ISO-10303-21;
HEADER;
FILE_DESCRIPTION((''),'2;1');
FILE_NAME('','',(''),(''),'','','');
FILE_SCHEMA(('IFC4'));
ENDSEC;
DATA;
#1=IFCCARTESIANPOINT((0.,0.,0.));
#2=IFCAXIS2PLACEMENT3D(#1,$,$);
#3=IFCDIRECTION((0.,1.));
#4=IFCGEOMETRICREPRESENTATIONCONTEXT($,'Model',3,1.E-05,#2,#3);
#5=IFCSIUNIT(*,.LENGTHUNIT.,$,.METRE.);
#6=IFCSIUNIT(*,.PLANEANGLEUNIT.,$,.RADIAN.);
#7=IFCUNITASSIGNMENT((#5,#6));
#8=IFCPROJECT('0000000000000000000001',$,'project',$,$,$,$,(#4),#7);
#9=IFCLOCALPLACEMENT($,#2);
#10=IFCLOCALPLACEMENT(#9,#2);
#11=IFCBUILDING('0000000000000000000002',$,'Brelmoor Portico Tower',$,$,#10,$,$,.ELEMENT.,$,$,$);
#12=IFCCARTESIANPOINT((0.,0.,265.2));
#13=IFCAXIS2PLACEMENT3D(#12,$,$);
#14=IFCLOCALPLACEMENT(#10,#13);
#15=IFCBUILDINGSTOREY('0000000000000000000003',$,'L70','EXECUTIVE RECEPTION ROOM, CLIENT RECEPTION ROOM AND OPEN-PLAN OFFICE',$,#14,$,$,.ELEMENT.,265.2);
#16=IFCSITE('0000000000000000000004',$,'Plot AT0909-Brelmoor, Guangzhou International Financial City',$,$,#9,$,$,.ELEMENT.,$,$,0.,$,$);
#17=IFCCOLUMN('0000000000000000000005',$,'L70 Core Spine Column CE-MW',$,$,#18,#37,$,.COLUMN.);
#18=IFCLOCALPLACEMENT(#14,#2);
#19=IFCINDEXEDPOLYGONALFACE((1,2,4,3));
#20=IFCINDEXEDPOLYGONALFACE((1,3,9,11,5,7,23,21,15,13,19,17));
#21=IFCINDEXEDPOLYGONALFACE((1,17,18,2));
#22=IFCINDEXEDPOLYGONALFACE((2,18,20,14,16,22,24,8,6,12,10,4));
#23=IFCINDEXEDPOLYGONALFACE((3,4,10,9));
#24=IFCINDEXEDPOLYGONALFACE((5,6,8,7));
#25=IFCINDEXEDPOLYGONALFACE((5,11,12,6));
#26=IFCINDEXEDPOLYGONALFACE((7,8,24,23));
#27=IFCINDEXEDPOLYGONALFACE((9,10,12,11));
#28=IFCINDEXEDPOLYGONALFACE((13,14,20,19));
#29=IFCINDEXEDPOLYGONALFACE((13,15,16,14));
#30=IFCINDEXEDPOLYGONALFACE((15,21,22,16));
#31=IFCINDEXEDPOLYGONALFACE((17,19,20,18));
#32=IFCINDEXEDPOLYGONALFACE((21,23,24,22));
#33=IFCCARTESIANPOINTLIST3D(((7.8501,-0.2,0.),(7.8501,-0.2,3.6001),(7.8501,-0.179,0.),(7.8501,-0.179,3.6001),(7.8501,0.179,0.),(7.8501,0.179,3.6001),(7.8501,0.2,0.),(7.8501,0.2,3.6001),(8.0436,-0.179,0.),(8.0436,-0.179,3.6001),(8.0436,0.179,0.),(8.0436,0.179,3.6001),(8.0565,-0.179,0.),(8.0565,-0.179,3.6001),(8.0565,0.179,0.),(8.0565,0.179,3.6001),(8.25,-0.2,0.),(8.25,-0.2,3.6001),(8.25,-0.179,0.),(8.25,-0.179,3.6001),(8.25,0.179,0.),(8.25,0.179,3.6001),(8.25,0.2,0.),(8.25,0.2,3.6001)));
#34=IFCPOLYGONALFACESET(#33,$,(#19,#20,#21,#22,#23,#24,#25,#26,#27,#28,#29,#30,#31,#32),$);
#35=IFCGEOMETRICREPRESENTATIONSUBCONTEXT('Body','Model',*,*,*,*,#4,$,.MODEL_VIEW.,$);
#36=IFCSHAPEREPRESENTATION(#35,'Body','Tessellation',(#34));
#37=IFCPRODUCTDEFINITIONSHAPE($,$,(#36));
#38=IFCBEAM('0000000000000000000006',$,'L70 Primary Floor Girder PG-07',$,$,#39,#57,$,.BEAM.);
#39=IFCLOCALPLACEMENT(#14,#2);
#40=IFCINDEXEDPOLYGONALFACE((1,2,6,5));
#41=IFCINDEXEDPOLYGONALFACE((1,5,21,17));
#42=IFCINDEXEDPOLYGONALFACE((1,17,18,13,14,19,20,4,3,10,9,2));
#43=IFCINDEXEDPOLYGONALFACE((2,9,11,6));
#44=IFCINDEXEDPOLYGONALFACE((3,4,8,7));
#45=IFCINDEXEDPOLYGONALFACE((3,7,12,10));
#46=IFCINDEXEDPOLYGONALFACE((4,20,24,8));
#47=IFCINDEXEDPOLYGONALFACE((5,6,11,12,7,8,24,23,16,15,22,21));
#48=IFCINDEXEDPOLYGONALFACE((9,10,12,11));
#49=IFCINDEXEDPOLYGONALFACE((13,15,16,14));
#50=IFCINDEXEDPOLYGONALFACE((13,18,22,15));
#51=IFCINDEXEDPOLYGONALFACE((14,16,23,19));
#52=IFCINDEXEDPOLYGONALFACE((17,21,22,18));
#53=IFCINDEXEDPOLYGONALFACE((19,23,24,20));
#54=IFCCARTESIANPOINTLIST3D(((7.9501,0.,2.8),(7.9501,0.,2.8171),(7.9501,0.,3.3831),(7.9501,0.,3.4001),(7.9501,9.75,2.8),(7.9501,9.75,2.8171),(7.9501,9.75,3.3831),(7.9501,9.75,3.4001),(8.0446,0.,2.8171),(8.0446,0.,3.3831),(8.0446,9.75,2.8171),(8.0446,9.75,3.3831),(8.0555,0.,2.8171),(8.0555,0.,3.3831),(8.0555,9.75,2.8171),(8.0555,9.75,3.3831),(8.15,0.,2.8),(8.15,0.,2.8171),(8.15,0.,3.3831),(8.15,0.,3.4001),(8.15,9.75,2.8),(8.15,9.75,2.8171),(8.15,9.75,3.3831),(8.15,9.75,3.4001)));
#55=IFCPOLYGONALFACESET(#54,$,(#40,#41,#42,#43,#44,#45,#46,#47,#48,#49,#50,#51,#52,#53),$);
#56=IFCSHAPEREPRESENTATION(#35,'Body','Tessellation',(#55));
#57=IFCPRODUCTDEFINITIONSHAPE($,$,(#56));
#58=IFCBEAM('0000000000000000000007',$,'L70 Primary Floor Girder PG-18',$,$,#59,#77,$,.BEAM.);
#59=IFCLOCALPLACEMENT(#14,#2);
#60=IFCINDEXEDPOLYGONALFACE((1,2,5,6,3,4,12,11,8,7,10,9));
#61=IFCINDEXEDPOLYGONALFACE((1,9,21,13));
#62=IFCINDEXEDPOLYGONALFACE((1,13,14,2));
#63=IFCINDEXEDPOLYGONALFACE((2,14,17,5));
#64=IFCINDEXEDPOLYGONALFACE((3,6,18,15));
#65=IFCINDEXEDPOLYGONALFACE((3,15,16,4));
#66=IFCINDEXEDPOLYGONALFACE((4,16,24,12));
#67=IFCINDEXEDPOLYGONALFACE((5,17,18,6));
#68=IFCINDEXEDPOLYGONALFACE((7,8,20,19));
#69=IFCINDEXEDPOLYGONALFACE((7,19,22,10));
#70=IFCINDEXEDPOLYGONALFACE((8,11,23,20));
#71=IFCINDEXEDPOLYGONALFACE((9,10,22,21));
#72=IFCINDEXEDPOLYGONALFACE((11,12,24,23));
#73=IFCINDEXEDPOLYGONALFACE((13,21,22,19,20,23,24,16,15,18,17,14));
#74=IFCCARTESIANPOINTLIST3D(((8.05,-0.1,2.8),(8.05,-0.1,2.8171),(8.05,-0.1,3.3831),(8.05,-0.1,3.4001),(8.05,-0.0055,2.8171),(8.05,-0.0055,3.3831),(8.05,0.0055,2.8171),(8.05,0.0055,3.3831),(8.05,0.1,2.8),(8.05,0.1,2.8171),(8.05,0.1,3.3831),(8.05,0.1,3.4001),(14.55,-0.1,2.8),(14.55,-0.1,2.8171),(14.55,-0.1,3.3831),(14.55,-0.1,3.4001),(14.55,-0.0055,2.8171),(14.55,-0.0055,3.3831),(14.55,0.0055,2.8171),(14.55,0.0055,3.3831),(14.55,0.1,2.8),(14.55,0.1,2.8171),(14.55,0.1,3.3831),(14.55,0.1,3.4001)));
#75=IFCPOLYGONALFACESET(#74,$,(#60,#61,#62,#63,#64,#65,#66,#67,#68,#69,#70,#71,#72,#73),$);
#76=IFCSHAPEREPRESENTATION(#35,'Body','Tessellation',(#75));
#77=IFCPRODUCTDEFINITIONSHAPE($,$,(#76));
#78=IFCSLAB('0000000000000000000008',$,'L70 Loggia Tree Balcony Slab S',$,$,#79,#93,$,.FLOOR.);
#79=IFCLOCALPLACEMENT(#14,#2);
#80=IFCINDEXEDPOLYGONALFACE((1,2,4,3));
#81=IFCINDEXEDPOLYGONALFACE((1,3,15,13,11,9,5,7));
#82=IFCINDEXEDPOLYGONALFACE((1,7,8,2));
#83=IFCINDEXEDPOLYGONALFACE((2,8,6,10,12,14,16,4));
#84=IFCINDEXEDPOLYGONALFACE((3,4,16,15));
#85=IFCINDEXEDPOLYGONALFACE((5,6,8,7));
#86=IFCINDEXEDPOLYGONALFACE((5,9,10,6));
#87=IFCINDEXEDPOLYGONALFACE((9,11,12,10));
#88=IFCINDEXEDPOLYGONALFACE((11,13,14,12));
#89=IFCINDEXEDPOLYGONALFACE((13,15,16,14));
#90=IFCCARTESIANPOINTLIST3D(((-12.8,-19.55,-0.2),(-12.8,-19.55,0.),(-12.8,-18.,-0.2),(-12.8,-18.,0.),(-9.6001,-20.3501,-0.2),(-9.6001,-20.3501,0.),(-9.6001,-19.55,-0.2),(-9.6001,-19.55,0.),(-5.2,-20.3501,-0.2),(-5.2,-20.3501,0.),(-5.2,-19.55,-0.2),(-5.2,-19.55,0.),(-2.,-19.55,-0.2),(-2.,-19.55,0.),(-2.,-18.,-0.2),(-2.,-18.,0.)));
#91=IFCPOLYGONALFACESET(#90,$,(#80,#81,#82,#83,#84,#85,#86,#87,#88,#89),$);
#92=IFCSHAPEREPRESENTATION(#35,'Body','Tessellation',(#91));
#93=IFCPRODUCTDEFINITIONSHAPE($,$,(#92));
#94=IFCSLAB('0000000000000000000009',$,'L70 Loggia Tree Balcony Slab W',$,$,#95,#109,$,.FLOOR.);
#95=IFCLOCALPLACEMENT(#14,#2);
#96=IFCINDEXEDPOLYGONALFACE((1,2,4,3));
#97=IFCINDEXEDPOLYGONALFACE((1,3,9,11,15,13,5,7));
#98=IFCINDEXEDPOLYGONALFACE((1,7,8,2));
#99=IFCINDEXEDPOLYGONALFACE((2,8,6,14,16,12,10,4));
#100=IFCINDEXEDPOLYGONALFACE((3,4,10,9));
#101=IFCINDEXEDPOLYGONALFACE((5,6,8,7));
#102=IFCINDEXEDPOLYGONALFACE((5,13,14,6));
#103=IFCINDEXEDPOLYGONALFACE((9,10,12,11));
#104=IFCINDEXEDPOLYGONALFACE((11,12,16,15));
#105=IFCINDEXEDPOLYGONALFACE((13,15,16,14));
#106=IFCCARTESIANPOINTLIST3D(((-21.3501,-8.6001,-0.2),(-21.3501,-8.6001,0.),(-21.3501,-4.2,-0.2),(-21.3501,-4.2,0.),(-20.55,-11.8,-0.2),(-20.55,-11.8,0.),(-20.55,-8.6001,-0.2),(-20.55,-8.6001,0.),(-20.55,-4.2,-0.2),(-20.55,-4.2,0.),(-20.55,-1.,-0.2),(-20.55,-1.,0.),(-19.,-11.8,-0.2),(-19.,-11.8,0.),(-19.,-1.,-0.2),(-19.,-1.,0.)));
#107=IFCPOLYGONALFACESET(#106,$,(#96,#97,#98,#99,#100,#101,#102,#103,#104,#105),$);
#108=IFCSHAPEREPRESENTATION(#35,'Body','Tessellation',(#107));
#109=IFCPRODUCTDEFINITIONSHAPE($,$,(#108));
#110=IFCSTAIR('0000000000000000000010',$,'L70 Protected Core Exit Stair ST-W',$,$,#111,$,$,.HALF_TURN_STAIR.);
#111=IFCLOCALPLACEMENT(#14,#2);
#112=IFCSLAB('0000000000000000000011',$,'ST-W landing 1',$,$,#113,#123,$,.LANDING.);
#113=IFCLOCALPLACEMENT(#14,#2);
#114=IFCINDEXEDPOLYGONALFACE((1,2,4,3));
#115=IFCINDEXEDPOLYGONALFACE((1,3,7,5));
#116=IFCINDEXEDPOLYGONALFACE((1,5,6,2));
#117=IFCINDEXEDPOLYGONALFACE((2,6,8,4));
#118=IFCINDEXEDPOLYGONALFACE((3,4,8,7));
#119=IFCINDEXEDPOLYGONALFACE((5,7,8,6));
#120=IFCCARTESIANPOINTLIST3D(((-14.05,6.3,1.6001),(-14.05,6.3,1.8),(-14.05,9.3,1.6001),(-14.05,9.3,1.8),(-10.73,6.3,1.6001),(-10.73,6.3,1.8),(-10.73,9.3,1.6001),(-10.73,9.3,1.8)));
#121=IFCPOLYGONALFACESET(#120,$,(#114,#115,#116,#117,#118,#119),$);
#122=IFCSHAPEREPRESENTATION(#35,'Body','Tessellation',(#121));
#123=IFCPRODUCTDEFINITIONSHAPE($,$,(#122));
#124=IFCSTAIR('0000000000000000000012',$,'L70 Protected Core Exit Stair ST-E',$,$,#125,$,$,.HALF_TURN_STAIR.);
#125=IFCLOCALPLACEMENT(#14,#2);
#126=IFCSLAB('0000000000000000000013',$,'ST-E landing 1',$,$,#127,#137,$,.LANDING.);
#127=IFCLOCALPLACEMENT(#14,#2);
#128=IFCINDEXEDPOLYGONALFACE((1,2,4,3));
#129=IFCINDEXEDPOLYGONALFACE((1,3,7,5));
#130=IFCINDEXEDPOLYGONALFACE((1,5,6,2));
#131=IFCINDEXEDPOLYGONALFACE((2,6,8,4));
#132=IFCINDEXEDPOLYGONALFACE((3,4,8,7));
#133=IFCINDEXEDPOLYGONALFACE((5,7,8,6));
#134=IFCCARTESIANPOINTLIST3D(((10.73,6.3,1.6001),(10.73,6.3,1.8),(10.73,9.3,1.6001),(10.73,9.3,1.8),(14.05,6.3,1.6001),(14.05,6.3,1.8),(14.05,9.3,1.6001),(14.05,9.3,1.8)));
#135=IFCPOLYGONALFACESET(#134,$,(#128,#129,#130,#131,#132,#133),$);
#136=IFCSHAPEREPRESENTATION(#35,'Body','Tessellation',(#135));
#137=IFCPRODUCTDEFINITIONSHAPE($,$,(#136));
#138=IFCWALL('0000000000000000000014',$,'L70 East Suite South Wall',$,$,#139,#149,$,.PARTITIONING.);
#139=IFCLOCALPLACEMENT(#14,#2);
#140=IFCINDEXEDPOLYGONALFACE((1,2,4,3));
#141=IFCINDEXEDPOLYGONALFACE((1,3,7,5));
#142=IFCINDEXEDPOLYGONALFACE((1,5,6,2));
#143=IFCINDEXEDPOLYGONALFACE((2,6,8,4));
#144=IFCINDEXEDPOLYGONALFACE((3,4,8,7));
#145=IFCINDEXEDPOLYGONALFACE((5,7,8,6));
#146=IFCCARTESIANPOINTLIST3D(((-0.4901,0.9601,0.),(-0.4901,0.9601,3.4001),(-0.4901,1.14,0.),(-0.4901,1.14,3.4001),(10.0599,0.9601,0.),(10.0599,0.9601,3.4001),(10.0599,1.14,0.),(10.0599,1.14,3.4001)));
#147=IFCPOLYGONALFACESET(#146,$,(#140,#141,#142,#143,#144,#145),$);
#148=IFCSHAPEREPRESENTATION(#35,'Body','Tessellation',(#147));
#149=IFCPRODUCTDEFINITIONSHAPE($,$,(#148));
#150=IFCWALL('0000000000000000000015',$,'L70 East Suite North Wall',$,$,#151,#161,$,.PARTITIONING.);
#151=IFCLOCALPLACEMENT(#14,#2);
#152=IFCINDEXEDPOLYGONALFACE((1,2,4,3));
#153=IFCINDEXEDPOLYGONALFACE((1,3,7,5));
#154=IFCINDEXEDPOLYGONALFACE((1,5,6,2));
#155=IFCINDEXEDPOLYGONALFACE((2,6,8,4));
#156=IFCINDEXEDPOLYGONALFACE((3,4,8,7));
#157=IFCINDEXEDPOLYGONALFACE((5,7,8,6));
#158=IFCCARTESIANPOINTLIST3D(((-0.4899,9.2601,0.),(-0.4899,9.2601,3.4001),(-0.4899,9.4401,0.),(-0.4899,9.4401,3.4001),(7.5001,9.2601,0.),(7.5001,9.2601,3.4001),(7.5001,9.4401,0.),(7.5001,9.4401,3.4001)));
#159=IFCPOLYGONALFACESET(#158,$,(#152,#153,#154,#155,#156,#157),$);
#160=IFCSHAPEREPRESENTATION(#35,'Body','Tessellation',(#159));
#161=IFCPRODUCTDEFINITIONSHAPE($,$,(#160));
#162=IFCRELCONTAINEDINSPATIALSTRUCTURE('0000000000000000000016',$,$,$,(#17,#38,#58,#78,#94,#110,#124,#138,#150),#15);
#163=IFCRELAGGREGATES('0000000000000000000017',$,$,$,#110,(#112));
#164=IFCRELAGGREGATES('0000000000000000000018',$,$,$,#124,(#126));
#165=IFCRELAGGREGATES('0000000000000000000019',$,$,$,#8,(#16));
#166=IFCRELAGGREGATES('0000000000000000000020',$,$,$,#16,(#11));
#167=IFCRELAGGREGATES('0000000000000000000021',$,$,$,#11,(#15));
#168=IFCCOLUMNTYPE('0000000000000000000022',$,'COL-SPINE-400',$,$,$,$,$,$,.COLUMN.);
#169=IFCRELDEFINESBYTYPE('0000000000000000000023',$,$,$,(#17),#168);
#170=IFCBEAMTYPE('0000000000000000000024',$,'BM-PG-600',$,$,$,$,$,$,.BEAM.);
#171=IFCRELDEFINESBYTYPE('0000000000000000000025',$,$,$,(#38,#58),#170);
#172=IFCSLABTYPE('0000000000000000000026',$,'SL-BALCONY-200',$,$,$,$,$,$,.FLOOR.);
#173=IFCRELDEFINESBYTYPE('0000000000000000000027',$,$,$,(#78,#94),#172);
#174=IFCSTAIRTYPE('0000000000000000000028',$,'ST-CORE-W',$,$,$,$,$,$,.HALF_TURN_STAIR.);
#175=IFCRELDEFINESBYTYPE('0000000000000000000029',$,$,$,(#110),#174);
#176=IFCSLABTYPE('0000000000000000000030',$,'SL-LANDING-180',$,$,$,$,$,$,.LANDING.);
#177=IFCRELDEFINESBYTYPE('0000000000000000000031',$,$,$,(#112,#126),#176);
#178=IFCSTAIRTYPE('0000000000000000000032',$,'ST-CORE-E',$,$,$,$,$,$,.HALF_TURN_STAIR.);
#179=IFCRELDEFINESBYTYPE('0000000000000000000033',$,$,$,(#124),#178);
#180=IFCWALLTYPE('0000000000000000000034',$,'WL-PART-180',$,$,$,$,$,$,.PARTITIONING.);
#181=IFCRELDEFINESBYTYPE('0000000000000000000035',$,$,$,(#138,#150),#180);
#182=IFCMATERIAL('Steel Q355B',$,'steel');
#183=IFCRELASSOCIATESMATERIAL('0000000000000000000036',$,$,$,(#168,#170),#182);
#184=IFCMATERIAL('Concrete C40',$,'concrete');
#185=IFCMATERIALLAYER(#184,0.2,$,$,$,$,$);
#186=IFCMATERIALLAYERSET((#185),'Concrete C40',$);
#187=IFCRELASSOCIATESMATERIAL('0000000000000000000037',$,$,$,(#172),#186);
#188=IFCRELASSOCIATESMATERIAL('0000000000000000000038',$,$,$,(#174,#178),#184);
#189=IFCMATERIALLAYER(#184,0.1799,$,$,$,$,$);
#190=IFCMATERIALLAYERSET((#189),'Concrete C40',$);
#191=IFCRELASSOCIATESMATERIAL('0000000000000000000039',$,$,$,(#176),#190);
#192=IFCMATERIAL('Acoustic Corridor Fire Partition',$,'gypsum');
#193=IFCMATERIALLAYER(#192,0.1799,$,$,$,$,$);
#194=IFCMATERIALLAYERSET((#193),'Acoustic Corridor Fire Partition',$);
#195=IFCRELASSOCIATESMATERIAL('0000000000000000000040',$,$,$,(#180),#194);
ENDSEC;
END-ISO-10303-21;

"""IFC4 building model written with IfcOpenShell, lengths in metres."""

from ifc_helpers import new_model, si_unit, direction, frame, frame_2d, origin, origin_2d, place, context, subcontext, project, spatial, polyline, rectangle, i_section, outline, extrude, material, layer, layer_set, material_profile, profile_set, type_object, element, aggregate, save


model = new_model("IFC4")

# Units and contexts
model_context = context("Model", 3, precision=1e-05, world=origin(), true_north=direction((0.0, 1.0)))
body_context = subcontext(model_context, "Body", "Model", "MODEL_VIEW")
ifc_project = project(units=[si_unit("LENGTHUNIT", "METRE"), si_unit("PLANEANGLEUNIT", "RADIAN")], contexts=[model_context])

# Site, building, storey
site_placement = place(None, origin())
site = spatial("IfcSite", under=ifc_project, at=site_placement, Name="Plot AT0909-Brelmoor, Guangzhou International Financial City", CompositionType="ELEMENT", RefElevation=0.0)
building_placement = place(site_placement, origin())
building = spatial("IfcBuilding", under=site, at=building_placement, Name="Brelmoor Portico Tower", CompositionType="ELEMENT")
storey_placement = place(building_placement, frame((0.0, 0.0, 265.2)))
storey = spatial("IfcBuildingStorey", under=building, at=storey_placement, Name="L70", Description="EXECUTIVE RECEPTION ROOM, CLIENT RECEPTION ROOM AND OPEN-PLAN OFFICE", CompositionType="ELEMENT", Elevation=265.2)

# Column
ifc_material_1 = material(Name="Steel Q355B", Category="steel")
ifc_material_profile_1 = material_profile(ifc_material_1, i_section(OverallWidth=0.3999, OverallDepth=0.3999, WebThickness=0.0129, FlangeThickness=0.021, at=origin_2d()), Name="HW 400x400x13x21")
ifc_profile_set_1 = profile_set([ifc_material_profile_1], Name="Steel Q355B")
column_type = type_object("IfcColumnType", Name="COL-SPINE-400", PredefinedType="COLUMN", material=ifc_profile_set_1)
column_placement = place(storey_placement, frame((8.05, 0.0, 0.0), z_axis=(0.0, 0.0, 1.0), x_axis=(1.0, 0.0, 0.0)))
element("IfcColumn", 1, at=column_placement, inside=storey, type_object=column_type, Name="L70 Core Spine Column CE-MW", PredefinedType="COLUMN", context=body_context, shape_type="SweptSolid", body=[
    extrude(i_section(OverallWidth=0.3999, OverallDepth=0.3999, WebThickness=0.0129, FlangeThickness=0.021, at=origin_2d()), origin(), (0.0, 0.0, 1.0), 3.6001),
])

# Beams
ifc_material_profile_2 = material_profile(ifc_material_1, i_section(OverallWidth=0.2, OverallDepth=0.6001, WebThickness=0.011, FlangeThickness=0.0171, at=origin_2d()), Name="HN 600x200x11x17")
ifc_profile_set_2 = profile_set([ifc_material_profile_2], Name="Steel Q355B")
beam_type = type_object("IfcBeamType", Name="BM-PG-600", PredefinedType="BEAM", material=ifc_profile_set_2)
beam_1_placement = place(storey_placement, frame((8.05, 0.0, 3.1001), z_axis=(0.0, 1.0, 0.0), x_axis=(-1.0, 0.0, 0.0)))
element("IfcBeam", 2, at=beam_1_placement, inside=storey, type_object=beam_type, Name="L70 Primary Floor Girder PG-07", PredefinedType="BEAM", context=body_context, shape_type="SweptSolid", body=[
    extrude(i_section(OverallWidth=0.2, OverallDepth=0.6001, WebThickness=0.011, FlangeThickness=0.0171, at=origin_2d()), origin(), (0.0, 0.0, 1.0), 9.75),
])
beam_2_placement = place(storey_placement, frame((8.05, 0.0, 3.1001), z_axis=(1.0, 0.0, 0.0), x_axis=(0.0, 1.0, 0.0)))
element("IfcBeam", 3, at=beam_2_placement, inside=storey, type_object=beam_type, Name="L70 Primary Floor Girder PG-18", PredefinedType="BEAM", context=body_context, shape_type="SweptSolid", body=[
    extrude(i_section(OverallWidth=0.2, OverallDepth=0.6001, WebThickness=0.011, FlangeThickness=0.0171, at=origin_2d()), origin(), (0.0, 0.0, 1.0), 6.5),
])

# Slabs
ifc_material_2 = material(Name="Concrete C40", Category="concrete")
ifc_layer_1 = layer(ifc_material_2, 0.2)
ifc_layer_set_1 = layer_set([ifc_layer_1], Name="Concrete C40")
slab_type_1 = type_object("IfcSlabType", Name="SL-BALCONY-200", PredefinedType="FLOOR", material=ifc_layer_set_1)
slab_1_placement = place(storey_placement, frame((0.0, 0.0, -0.2)))
element("IfcSlab", 4, at=slab_1_placement, inside=storey, type_object=slab_type_1, Name="L70 Loggia Tree Balcony Slab S", PredefinedType="FLOOR", context=body_context, shape_type="SweptSolid", body=[
    extrude(outline(polyline([(-12.8, -19.55), (-9.6001, -19.55), (-9.6001, -20.3501), (-5.2, -20.3501), (-5.2, -19.55), (-2.0, -19.55), (-2.0, -18.0), (-12.8, -18.0), (-12.8, -19.55)])), origin(), (0.0, 0.0, 1.0), 0.2),
])
slab_2_placement = place(storey_placement, frame((0.0, 0.0, -0.2)))
element("IfcSlab", 5, at=slab_2_placement, inside=storey, type_object=slab_type_1, Name="L70 Loggia Tree Balcony Slab W", PredefinedType="FLOOR", context=body_context, shape_type="SweptSolid", body=[
    extrude(outline(polyline([(-20.55, -11.8), (-19.0, -11.8), (-19.0, -1.0), (-20.55, -1.0), (-20.55, -4.2), (-21.3501, -4.2), (-21.3501, -8.6001), (-20.55, -8.6001), (-20.55, -11.8)])), origin(), (0.0, 0.0, 1.0), 0.2),
])

# Stairs, slabs
stair_type_1 = type_object("IfcStairType", Name="ST-CORE-W", PredefinedType="HALF_TURN_STAIR", material=ifc_material_2)
stair_1_placement = place(storey_placement, origin())
stair_1 = element("IfcStair", 6, at=stair_1_placement, inside=storey, type_object=stair_type_1, Name="L70 Protected Core Exit Stair ST-W", PredefinedType="HALF_TURN_STAIR")
ifc_layer_2 = layer(ifc_material_2, 0.1799)
ifc_layer_set_2 = layer_set([ifc_layer_2], Name="Concrete C40")
slab_type_2 = type_object("IfcSlabType", Name="SL-LANDING-180", PredefinedType="LANDING", material=ifc_layer_set_2)
slab_3_placement = place(storey_placement, frame((0.0, 0.0, 1.6001)))
slab_3 = element("IfcSlab", 7, at=slab_3_placement, type_object=slab_type_2, Name="ST-W landing 1", PredefinedType="LANDING", context=body_context, shape_type="SweptSolid", body=[
    extrude(outline(polyline([(-10.73, 6.3), (-10.73, 9.3), (-14.05, 9.3), (-14.05, 6.3), (-10.73, 6.3)])), origin(), (0.0, 0.0, 1.0), 0.2),
])
aggregate(stair_1, [slab_3])
stair_type_2 = type_object("IfcStairType", Name="ST-CORE-E", PredefinedType="HALF_TURN_STAIR", material=ifc_material_2)
stair_2_placement = place(storey_placement, origin())
stair_2 = element("IfcStair", 8, at=stair_2_placement, inside=storey, type_object=stair_type_2, Name="L70 Protected Core Exit Stair ST-E", PredefinedType="HALF_TURN_STAIR")
slab_4_placement = place(storey_placement, frame((0.0, 0.0, 1.6001)))
slab_4 = element("IfcSlab", 9, at=slab_4_placement, type_object=slab_type_2, Name="ST-E landing 1", PredefinedType="LANDING", context=body_context, shape_type="SweptSolid", body=[
    extrude(outline(polyline([(14.05, 6.3), (14.05, 9.3), (10.73, 9.3), (10.73, 6.3), (14.05, 6.3)])), origin(), (0.0, 0.0, 1.0), 0.2),
])

# Walls
ifc_material_3 = material(Name="Acoustic Corridor Fire Partition", Category="gypsum")
ifc_layer_3 = layer(ifc_material_3, 0.1799)
ifc_layer_set_3 = layer_set([ifc_layer_3], Name="Acoustic Corridor Fire Partition")
wall_type_1 = type_object("IfcWallType", Name="WL-PART-180", PredefinedType="PARTITIONING", material=ifc_layer_set_3)
wall_1_placement = place(storey_placement, frame((-0.49, 1.05, 0.0), z_axis=(0.0, 0.0, 1.0), x_axis=(1.0, 0.0, 0.0)))
element("IfcWall", 10, at=wall_1_placement, inside=storey, type_object=wall_type_1, Name="L70 East Suite South Wall", PredefinedType="PARTITIONING", context=body_context, shape_type="SweptSolid", body=[
    extrude(rectangle(XDim=10.55, YDim=0.1799, at=frame_2d((5.2749, 0.0))), origin(), (0.0, 0.0, 1.0), 3.4001),
])
wall_2_placement = place(storey_placement, frame((-0.49, 9.3501, 0.0), z_axis=(0.0, 0.0, 1.0), x_axis=(1.0, 0.0, 0.0)))
element("IfcWall", 11, at=wall_2_placement, inside=storey, type_object=wall_type_1, Name="L70 East Suite North Wall", PredefinedType="PARTITIONING", context=body_context, shape_type="SweptSolid", body=[
    extrude(rectangle(XDim=7.99, YDim=0.1799, at=frame_2d((3.9951, 0.0))), origin(), (0.0, 0.0, 1.0), 3.4001),
])

aggregate(stair_2, [slab_4])

save(model, "model.ifc")
